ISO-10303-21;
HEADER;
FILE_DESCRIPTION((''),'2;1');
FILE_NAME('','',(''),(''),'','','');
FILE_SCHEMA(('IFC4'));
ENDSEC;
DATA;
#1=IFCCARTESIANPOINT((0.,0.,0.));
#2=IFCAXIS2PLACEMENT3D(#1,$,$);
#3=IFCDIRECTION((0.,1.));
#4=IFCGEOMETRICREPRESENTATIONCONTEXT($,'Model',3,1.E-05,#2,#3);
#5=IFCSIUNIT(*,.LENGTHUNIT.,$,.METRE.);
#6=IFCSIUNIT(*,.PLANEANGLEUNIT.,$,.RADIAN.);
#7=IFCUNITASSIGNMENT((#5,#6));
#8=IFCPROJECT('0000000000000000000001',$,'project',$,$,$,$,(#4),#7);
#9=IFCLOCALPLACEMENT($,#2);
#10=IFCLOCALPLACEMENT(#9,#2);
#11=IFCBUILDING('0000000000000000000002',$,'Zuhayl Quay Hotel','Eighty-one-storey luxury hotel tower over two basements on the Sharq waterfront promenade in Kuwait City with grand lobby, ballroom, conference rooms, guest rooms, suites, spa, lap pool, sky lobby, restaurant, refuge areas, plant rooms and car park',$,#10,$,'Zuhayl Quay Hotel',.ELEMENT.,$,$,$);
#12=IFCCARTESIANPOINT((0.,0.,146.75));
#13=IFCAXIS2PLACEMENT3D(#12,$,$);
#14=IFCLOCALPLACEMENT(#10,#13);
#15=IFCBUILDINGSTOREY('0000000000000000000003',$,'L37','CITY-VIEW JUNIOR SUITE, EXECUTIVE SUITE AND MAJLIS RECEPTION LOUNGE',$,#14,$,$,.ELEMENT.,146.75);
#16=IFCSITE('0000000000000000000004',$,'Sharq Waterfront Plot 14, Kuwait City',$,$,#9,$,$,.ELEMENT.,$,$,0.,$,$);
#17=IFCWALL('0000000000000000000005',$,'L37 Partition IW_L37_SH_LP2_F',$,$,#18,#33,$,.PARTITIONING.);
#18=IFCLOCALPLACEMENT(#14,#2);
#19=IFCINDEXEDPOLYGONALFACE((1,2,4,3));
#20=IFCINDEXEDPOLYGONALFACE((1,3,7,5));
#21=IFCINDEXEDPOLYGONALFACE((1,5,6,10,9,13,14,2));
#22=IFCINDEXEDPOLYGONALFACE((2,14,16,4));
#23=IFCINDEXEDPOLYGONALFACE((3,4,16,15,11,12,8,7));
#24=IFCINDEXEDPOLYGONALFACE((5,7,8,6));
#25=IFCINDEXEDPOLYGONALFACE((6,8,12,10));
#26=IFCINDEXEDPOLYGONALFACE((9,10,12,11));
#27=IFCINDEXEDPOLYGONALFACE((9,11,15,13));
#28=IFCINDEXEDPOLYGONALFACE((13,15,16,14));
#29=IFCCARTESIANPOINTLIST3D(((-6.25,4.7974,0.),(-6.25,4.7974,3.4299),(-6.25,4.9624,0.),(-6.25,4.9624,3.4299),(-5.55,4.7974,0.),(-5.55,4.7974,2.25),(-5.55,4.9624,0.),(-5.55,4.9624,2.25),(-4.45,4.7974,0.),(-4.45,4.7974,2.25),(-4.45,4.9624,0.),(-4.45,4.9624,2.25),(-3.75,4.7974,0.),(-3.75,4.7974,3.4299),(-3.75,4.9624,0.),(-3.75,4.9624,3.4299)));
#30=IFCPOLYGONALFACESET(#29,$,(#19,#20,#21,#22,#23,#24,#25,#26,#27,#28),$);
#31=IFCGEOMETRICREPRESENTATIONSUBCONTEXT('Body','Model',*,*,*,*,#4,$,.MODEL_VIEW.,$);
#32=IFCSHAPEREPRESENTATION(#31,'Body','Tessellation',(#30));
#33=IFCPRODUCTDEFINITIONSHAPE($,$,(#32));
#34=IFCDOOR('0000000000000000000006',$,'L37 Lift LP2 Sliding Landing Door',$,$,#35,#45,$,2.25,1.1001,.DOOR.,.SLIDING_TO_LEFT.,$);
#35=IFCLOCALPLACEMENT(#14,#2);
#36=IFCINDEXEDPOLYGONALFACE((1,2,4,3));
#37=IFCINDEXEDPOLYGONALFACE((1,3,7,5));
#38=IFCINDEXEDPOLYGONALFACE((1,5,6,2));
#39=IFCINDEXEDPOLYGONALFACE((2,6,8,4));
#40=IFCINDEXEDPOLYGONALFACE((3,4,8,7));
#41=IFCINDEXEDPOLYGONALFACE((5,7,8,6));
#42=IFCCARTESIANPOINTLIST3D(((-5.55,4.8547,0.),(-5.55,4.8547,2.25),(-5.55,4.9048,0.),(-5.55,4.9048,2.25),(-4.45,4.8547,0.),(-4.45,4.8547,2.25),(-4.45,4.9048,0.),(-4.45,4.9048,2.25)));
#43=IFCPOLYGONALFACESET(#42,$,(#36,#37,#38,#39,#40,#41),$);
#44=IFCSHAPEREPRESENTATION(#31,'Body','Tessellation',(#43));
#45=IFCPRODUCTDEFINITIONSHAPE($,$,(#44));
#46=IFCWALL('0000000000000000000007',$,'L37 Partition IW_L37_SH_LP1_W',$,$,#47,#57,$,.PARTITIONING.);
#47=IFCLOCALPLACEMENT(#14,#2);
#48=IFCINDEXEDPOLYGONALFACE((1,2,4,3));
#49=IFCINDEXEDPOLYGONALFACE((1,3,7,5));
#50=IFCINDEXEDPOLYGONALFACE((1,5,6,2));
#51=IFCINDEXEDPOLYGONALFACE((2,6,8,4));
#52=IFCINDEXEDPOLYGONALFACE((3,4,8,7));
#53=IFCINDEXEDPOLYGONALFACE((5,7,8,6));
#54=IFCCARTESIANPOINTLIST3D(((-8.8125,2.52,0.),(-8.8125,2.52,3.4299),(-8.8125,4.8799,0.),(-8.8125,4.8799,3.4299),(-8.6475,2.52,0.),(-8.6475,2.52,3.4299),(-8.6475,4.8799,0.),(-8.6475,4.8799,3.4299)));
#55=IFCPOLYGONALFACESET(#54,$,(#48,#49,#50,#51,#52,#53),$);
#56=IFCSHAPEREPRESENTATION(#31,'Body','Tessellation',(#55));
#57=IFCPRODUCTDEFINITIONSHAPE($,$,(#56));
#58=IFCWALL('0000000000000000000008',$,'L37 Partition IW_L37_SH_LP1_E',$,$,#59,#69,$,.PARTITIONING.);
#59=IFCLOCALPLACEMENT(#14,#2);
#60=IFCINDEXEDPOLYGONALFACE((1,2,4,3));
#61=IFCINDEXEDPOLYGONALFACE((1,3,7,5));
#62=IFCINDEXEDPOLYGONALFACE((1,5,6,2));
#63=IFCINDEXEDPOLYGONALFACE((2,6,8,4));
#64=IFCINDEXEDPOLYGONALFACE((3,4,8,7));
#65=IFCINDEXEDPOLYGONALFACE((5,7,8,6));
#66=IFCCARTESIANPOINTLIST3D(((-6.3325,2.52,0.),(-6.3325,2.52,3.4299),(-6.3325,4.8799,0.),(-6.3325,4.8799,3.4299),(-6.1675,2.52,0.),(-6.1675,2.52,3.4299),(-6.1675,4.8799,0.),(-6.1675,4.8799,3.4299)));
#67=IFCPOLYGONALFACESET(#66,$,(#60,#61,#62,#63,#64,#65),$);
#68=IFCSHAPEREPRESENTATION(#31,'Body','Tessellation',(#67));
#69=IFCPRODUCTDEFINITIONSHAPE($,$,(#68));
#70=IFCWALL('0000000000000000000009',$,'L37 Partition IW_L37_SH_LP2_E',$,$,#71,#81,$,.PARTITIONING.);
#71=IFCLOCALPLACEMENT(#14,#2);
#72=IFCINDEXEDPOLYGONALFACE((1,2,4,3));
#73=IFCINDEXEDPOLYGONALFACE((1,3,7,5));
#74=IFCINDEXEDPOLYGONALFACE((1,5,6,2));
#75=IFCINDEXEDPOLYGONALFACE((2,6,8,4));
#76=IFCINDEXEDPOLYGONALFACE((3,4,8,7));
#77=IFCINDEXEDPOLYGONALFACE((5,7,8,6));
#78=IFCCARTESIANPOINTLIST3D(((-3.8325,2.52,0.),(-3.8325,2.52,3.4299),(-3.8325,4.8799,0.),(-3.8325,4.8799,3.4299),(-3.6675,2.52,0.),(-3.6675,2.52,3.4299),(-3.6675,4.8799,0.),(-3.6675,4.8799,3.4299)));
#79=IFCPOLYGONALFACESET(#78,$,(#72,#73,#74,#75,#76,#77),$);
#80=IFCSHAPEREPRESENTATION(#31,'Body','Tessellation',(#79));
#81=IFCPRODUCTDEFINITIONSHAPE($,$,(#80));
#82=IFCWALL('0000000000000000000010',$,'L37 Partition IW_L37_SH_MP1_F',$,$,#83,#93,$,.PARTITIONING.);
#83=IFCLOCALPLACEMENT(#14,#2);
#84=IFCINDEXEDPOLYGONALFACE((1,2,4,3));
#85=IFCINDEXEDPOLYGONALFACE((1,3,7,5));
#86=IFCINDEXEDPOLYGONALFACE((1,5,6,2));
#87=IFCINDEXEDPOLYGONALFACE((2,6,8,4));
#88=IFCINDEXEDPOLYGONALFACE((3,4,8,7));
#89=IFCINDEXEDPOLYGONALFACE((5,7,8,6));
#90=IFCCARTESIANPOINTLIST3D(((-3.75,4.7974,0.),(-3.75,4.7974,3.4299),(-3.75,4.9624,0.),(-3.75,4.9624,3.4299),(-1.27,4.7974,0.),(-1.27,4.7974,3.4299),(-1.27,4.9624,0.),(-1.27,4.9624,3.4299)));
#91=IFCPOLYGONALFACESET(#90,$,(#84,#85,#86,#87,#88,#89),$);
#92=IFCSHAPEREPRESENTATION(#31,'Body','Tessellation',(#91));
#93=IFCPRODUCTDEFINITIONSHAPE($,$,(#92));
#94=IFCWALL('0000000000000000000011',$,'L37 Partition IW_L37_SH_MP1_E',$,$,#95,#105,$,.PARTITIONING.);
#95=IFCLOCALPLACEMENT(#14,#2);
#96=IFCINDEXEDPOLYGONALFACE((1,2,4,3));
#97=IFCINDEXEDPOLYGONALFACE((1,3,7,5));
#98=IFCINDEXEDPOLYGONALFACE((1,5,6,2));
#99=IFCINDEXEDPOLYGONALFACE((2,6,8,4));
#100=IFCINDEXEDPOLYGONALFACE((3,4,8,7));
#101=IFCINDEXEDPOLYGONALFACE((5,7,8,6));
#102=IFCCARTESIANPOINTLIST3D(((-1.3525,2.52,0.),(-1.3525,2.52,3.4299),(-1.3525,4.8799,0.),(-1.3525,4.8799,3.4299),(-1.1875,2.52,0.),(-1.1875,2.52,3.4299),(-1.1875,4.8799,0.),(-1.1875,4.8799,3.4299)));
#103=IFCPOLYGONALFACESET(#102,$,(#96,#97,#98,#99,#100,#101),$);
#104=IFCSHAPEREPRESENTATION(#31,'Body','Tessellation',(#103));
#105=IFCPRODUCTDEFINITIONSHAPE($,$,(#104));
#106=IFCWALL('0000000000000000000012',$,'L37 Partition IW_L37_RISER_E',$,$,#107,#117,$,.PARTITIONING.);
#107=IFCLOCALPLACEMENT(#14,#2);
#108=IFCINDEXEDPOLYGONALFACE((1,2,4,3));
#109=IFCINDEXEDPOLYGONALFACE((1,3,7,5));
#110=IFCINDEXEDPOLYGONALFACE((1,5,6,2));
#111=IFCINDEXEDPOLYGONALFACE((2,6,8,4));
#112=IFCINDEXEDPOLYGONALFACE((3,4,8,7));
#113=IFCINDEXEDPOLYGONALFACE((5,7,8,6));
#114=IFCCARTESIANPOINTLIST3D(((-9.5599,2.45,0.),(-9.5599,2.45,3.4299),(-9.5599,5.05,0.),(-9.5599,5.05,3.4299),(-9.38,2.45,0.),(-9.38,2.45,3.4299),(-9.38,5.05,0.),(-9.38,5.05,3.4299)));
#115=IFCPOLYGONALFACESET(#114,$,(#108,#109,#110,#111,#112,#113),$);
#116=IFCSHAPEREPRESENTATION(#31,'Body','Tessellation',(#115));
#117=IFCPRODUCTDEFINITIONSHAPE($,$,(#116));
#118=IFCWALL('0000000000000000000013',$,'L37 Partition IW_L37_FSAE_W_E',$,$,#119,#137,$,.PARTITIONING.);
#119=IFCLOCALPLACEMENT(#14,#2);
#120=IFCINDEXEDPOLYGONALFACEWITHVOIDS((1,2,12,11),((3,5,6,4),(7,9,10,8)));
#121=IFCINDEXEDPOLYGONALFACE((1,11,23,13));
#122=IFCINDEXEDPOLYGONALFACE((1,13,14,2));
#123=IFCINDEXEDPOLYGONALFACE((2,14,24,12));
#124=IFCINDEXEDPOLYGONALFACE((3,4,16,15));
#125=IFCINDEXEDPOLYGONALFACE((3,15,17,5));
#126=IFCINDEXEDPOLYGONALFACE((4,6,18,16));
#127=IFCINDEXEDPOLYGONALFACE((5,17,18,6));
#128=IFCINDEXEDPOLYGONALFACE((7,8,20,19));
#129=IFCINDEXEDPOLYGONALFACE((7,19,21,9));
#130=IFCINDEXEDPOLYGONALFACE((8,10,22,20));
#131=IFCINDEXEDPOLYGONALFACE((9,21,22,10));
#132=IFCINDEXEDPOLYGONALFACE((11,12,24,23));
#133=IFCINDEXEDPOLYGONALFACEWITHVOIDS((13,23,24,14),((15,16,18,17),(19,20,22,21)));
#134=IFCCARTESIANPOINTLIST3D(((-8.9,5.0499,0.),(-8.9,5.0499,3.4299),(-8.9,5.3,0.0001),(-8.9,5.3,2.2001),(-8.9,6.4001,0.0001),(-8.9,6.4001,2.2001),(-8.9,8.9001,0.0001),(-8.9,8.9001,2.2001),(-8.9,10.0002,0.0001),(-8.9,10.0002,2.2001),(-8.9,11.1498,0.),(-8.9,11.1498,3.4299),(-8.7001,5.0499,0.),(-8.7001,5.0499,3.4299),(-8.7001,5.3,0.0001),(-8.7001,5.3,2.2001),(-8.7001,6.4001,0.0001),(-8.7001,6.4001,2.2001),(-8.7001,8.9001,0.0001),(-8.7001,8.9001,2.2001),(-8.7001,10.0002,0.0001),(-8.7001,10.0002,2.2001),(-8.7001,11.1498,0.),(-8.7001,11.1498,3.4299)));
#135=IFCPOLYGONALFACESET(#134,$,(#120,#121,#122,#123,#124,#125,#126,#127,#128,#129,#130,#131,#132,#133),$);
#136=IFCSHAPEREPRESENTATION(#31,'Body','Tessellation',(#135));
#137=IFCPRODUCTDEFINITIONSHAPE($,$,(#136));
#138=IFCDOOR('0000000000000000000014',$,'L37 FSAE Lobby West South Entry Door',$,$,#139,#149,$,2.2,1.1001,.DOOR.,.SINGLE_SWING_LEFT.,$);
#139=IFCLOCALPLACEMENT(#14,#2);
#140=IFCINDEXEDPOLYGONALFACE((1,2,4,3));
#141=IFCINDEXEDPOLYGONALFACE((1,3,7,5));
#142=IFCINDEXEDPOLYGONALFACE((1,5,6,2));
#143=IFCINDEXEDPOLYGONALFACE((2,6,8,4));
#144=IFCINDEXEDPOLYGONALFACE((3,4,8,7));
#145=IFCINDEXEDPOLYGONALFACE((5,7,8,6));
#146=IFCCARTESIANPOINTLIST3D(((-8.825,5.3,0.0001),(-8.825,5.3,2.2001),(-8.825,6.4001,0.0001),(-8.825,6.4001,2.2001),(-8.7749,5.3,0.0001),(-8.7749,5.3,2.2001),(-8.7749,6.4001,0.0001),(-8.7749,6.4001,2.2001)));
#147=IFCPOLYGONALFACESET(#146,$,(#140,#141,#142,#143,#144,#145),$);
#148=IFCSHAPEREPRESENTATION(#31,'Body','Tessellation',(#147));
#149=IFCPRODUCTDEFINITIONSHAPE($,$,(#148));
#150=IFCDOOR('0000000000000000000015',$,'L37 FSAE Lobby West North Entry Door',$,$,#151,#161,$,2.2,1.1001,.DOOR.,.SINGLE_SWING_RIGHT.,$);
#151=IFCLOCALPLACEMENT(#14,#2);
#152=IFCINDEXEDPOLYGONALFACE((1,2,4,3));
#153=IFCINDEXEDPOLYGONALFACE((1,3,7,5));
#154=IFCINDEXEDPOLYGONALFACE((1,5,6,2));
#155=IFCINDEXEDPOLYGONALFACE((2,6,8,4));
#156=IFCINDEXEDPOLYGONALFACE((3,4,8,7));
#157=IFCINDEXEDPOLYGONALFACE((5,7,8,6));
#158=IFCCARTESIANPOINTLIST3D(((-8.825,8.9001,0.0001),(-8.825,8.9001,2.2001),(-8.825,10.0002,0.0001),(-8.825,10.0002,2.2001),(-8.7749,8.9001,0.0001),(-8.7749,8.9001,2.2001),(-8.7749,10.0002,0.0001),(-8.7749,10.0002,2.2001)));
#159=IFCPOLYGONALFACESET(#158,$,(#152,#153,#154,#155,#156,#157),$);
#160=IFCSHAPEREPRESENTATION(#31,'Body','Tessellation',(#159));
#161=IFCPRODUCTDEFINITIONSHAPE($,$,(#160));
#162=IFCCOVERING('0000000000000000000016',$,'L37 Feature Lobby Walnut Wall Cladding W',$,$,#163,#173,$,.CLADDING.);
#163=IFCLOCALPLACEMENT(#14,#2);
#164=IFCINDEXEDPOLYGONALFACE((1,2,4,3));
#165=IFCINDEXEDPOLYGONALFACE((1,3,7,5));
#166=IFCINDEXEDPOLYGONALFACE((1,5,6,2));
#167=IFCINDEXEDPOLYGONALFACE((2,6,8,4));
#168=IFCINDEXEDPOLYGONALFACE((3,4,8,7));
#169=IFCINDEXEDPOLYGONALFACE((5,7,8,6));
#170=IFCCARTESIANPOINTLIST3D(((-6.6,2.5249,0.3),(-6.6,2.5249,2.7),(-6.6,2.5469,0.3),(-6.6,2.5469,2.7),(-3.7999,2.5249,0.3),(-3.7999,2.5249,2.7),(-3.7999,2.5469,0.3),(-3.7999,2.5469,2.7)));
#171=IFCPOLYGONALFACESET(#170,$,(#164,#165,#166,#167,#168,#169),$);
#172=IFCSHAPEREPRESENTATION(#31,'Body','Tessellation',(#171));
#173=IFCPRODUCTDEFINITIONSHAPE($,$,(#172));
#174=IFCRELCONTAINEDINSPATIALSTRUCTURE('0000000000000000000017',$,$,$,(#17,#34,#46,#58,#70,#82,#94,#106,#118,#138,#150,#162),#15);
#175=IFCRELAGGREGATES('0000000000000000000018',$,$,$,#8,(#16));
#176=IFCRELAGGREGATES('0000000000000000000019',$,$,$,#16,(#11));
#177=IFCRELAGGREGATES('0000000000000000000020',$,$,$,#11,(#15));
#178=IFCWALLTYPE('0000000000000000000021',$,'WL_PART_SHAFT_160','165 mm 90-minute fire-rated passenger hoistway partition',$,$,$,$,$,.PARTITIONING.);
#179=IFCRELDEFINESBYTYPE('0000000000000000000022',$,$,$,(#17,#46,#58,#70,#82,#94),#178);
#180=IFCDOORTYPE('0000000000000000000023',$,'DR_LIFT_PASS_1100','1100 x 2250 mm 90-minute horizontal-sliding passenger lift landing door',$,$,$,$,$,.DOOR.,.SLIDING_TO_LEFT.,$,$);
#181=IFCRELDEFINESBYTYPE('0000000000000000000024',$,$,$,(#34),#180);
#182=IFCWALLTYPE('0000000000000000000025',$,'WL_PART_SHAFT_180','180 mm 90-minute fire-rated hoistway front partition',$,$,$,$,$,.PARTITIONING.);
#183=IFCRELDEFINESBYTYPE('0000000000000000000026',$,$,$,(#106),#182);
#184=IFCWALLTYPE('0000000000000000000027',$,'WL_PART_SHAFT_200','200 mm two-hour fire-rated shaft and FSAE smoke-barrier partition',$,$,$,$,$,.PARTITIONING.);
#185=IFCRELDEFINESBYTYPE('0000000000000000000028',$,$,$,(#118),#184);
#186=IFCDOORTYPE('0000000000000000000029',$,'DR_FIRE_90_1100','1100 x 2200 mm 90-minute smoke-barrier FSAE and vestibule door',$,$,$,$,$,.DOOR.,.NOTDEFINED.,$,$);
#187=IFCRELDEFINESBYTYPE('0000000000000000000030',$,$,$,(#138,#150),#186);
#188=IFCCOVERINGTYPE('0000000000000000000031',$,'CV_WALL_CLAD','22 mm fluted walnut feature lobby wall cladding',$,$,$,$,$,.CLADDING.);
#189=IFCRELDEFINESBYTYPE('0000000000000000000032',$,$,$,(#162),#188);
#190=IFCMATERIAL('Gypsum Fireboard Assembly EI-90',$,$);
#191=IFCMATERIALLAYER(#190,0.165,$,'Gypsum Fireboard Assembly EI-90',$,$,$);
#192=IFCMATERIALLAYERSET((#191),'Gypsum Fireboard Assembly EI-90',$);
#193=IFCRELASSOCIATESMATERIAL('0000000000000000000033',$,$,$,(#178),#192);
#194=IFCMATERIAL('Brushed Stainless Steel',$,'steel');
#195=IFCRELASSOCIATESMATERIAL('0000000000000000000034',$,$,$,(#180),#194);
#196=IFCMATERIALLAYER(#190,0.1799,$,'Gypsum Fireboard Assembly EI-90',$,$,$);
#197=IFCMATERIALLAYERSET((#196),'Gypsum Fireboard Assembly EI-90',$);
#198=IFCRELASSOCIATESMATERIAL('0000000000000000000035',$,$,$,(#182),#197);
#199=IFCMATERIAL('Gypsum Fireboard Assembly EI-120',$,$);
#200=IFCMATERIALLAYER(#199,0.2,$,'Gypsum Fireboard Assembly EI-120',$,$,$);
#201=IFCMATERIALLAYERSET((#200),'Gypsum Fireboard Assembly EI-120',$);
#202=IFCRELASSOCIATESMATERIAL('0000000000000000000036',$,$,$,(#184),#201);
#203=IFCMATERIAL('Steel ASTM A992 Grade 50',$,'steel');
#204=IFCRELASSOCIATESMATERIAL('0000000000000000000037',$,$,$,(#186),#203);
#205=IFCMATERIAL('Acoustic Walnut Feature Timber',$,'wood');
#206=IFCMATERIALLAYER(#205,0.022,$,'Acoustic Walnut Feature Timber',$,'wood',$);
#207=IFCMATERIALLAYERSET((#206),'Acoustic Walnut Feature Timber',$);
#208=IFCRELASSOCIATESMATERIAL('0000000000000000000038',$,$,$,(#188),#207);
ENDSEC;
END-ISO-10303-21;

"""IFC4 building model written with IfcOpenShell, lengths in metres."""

from ifc_helpers import new_model, si_unit, direction, frame, frame_2d, origin, origin_2d, place, context, subcontext, project, spatial, rectangle, extrude, material, layer, layer_set, type_object, element, fill, save


model = new_model("IFC4")

# Units and contexts
model_context = context("Model", 3, precision=1e-05, world=origin(), true_north=direction((0.0, 1.0)))
body_context = subcontext(model_context, "Body", "Model", "MODEL_VIEW")
ifc_project = project(units=[si_unit("LENGTHUNIT", "METRE"), si_unit("PLANEANGLEUNIT", "RADIAN")], contexts=[model_context])

# Site, building, storey
site_placement = place(None, origin())
site = spatial("IfcSite", under=ifc_project, at=site_placement, Name="Sharq Waterfront Plot 14, Kuwait City", CompositionType="ELEMENT", RefElevation=0.0)
building_placement = place(site_placement, origin())
building = spatial("IfcBuilding", under=site, at=building_placement, Name="Zuhayl Quay Hotel", Description="Eighty-one-storey luxury hotel tower over two basements on the Sharq waterfront promenade in Kuwait City with grand lobby, ballroom, conference rooms, guest rooms, suites, spa, lap pool, sky lobby, restaurant, refuge areas, plant rooms and car park", LongName="Zuhayl Quay Hotel", CompositionType="ELEMENT")
storey_placement = place(building_placement, frame((0.0, 0.0, 146.75)))
storey = spatial("IfcBuildingStorey", under=building, at=storey_placement, Name="L37", Description="CITY-VIEW JUNIOR SUITE, EXECUTIVE SUITE AND MAJLIS RECEPTION LOUNGE", CompositionType="ELEMENT", Elevation=146.75)

# Shared definitions
ifc_material_1 = material(Name="Steel ASTM A992 Grade 50", Category="steel")

# Wall, opening, door
ifc_material_2 = material(Name="Gypsum Fireboard Assembly EI-90")
ifc_layer_1 = layer(ifc_material_2, 0.165, Name="Gypsum Fireboard Assembly EI-90")
ifc_layer_set_1 = layer_set([ifc_layer_1], Name="Gypsum Fireboard Assembly EI-90")
wall_type_1 = type_object("IfcWallType", Name="WL_PART_SHAFT_160", Description="165 mm 90-minute fire-rated passenger hoistway partition", PredefinedType="PARTITIONING", material=ifc_layer_set_1)
ifc_material_3 = material(Name="Brushed Stainless Steel", Category="steel")
door_type_1 = type_object("IfcDoorType", Name="DR_LIFT_PASS_1100", Description="1100 x 2250 mm 90-minute horizontal-sliding passenger lift landing door", OperationType="SLIDING_TO_LEFT", PredefinedType="DOOR", material=ifc_material_3)
wall_1_placement = place(storey_placement, frame((-6.25, 4.8799, 0.0), z_axis=(0.0, 0.0, 1.0), x_axis=(1.0, 0.0, 0.0)))
wall_1 = element("IfcWall", 1, at=wall_1_placement, inside=storey, type_object=wall_type_1, Name="L37 Partition IW_L37_SH_LP2_F", PredefinedType="PARTITIONING", context=body_context, shape_type="SweptSolid", body=[
    extrude(rectangle(XDim=2.5, YDim=0.165, at=frame_2d((1.25, 0.0))), origin(), (0.0, 0.0, 1.0), 3.4299),
])
opening_1_placement = place(wall_1_placement, frame((0.7, 0.0, 0.0)))
opening_1 = element("IfcOpeningElement", 2, at=opening_1_placement, cuts=wall_1, PredefinedType="OPENING", context=body_context, shape_type="SweptSolid", body=[
    extrude(rectangle(XDim=1.1001, YDim=2.25, at=frame_2d((0.55, 1.125))), frame((0.0, 0.0925, 0.0), z_axis=(0.0, -1.0, 0.0), x_axis=(1.0, 0.0, 0.0)), (0.0, 0.0, 1.0), 0.1851),
])
door_1_placement = place(opening_1_placement, origin())
door_1 = element("IfcDoor", 3, at=door_1_placement, inside=storey, type_object=door_type_1, Name="L37 Lift LP2 Sliding Landing Door", OperationType="SLIDING_TO_LEFT", OverallHeight=2.25, OverallWidth=1.1001, PredefinedType="DOOR", context=body_context, shape_type="SweptSolid", body=[
    extrude(rectangle(XDim=1.1001, YDim=2.25, at=frame_2d((0.55, 1.125))), frame((0.0, 0.0249, 0.0), z_axis=(0.0, -1.0, 0.0), x_axis=(1.0, 0.0, 0.0)), (0.0, 0.0, 1.0), 0.05),
])
fill(opening_1, door_1)

# Walls
for number, where, z_axis, x_axis, name in (
    (4, (-8.73, 2.52, 0.0), (0.0, 0.0, 1.0), (0.0, 1.0, 0.0), "L37 Partition IW_L37_SH_LP1_W"),
    (5, (-6.25, 2.52, 0.0), (0.0, 0.0, 1.0), (0.0, 1.0, 0.0), "L37 Partition IW_L37_SH_LP1_E"),
    (6, (-3.75, 2.52, 0.0), (0.0, 0.0, 1.0), (0.0, 1.0, 0.0), "L37 Partition IW_L37_SH_LP2_E"),
):
    element("IfcWall", number, at=place(storey_placement, frame(where, z_axis=z_axis, x_axis=x_axis)), inside=storey, type_object=wall_type_1, Name=name, PredefinedType="PARTITIONING", context=body_context, shape_type="SweptSolid", body=[
        extrude(rectangle(XDim=2.3599, YDim=0.165, at=frame_2d((1.1799, 0.0))), origin(), (0.0, 0.0, 1.0), 3.4299),
    ])
wall_2_placement = place(storey_placement, frame((-3.75, 4.8799, 0.0), z_axis=(0.0, 0.0, 1.0), x_axis=(1.0, 0.0, 0.0)))
element("IfcWall", 7, at=wall_2_placement, inside=storey, type_object=wall_type_1, Name="L37 Partition IW_L37_SH_MP1_F", PredefinedType="PARTITIONING", context=body_context, shape_type="SweptSolid", body=[
    extrude(rectangle(XDim=2.48, YDim=0.165, at=frame_2d((1.24, 0.0))), origin(), (0.0, 0.0, 1.0), 3.4299),
])
wall_3_placement = place(storey_placement, frame((-1.27, 2.52, 0.0), z_axis=(0.0, 0.0, 1.0), x_axis=(0.0, 1.0, 0.0)))
element("IfcWall", 8, at=wall_3_placement, inside=storey, type_object=wall_type_1, Name="L37 Partition IW_L37_SH_MP1_E", PredefinedType="PARTITIONING", context=body_context, shape_type="SweptSolid", body=[
    extrude(rectangle(XDim=2.3599, YDim=0.165, at=frame_2d((1.1799, 0.0))), origin(), (0.0, 0.0, 1.0), 3.4299),
])
ifc_layer_2 = layer(ifc_material_2, 0.1799, Name="Gypsum Fireboard Assembly EI-90")
ifc_layer_set_2 = layer_set([ifc_layer_2], Name="Gypsum Fireboard Assembly EI-90")
wall_type_2 = type_object("IfcWallType", Name="WL_PART_SHAFT_180", Description="180 mm 90-minute fire-rated hoistway front partition", PredefinedType="PARTITIONING", material=ifc_layer_set_2)
wall_4_placement = place(storey_placement, frame((-9.47, 2.45, 0.0), z_axis=(0.0, 0.0, 1.0), x_axis=(0.0, 1.0, 0.0)))
element("IfcWall", 9, at=wall_4_placement, inside=storey, type_object=wall_type_2, Name="L37 Partition IW_L37_RISER_E", PredefinedType="PARTITIONING", context=body_context, shape_type="SweptSolid", body=[
    extrude(rectangle(XDim=2.6001, YDim=0.1799, at=frame_2d((1.3, 0.0))), origin(), (0.0, 0.0, 1.0), 3.4299),
])

# Wall, openings, doors
ifc_material_4 = material(Name="Gypsum Fireboard Assembly EI-120")
ifc_layer_3 = layer(ifc_material_4, 0.2, Name="Gypsum Fireboard Assembly EI-120")
ifc_layer_set_3 = layer_set([ifc_layer_3], Name="Gypsum Fireboard Assembly EI-120")
wall_type_3 = type_object("IfcWallType", Name="WL_PART_SHAFT_200", Description="200 mm two-hour fire-rated shaft and FSAE smoke-barrier partition", PredefinedType="PARTITIONING", material=ifc_layer_set_3)
wall_5_placement = place(storey_placement, frame((-8.8, 5.05, 0.0), z_axis=(0.0, 0.0, 1.0), x_axis=(0.0, 1.0, 0.0)))
wall_5 = element("IfcWall", 10, at=wall_5_placement, inside=storey, type_object=wall_type_3, Name="L37 Partition IW_L37_FSAE_W_E", PredefinedType="PARTITIONING", context=body_context, shape_type="SweptSolid", body=[
    extrude(rectangle(XDim=6.0999, YDim=0.2, at=frame_2d((3.0498, 0.0))), origin(), (0.0, 0.0, 1.0), 3.4299),
])
opening_2_placement = place(wall_5_placement, frame((0.25, 0.0, 0.0)))
opening_2 = element("IfcOpeningElement", 11, at=opening_2_placement, cuts=wall_5, PredefinedType="OPENING", context=body_context, shape_type="SweptSolid", body=[
    extrude(rectangle(XDim=1.1001, YDim=2.2, at=frame_2d((0.55, 1.1001))), frame((0.0, 0.1099, 0.0), z_axis=(0.0, -1.0, 0.0), x_axis=(1.0, 0.0, 0.0)), (0.0, 0.0, 1.0), 0.22),
])
opening_3_placement = place(wall_5_placement, frame((3.8501, 0.0, 0.0)))
opening_3 = element("IfcOpeningElement", 12, at=opening_3_placement, cuts=wall_5, PredefinedType="OPENING", context=body_context, shape_type="SweptSolid", body=[
    extrude(rectangle(XDim=1.1001, YDim=2.2, at=frame_2d((0.55, 1.1001))), frame((0.0, 0.1099, 0.0), z_axis=(0.0, -1.0, 0.0), x_axis=(1.0, 0.0, 0.0)), (0.0, 0.0, 1.0), 0.22),
])
door_type_2 = type_object("IfcDoorType", Name="DR_FIRE_90_1100", Description="1100 x 2200 mm 90-minute smoke-barrier FSAE and vestibule door", OperationType="NOTDEFINED", PredefinedType="DOOR", material=ifc_material_1)
door_2_placement = place(opening_2_placement, origin())
door_2 = element("IfcDoor", 13, at=door_2_placement, inside=storey, type_object=door_type_2, Name="L37 FSAE Lobby West South Entry Door", OperationType="SINGLE_SWING_LEFT", OverallHeight=2.2, OverallWidth=1.1001, PredefinedType="DOOR", context=body_context, shape_type="SweptSolid", body=[
    extrude(rectangle(XDim=1.1001, YDim=2.2, at=frame_2d((0.55, 1.1001))), frame((0.0, 0.0249, 0.0), z_axis=(0.0, -1.0, 0.0), x_axis=(1.0, 0.0, 0.0)), (0.0, 0.0, 1.0), 0.05),
])
fill(opening_2, door_2)
door_3_placement = place(opening_3_placement, origin())
door_3 = element("IfcDoor", 14, at=door_3_placement, inside=storey, type_object=door_type_2, Name="L37 FSAE Lobby West North Entry Door", OperationType="SINGLE_SWING_RIGHT", OverallHeight=2.2, OverallWidth=1.1001, PredefinedType="DOOR", context=body_context, shape_type="SweptSolid", body=[
    extrude(rectangle(XDim=1.1001, YDim=2.2, at=frame_2d((0.55, 1.1001))), frame((0.0, 0.0249, 0.0), z_axis=(0.0, -1.0, 0.0), x_axis=(1.0, 0.0, 0.0)), (0.0, 0.0, 1.0), 0.05),
])
fill(opening_3, door_3)

# Covering
ifc_material_5 = material(Name="Acoustic Walnut Feature Timber", Category="wood")
ifc_layer_4 = layer(ifc_material_5, 0.022, Name="Acoustic Walnut Feature Timber", Category="wood")
ifc_layer_set_4 = layer_set([ifc_layer_4], Name="Acoustic Walnut Feature Timber")
covering_type = type_object("IfcCoveringType", Name="CV_WALL_CLAD", Description="22 mm fluted walnut feature lobby wall cladding", PredefinedType="CLADDING", material=ifc_layer_set_4)
covering_placement = place(storey_placement, frame((-5.2, 2.5359, 0.3), z_axis=(0.0, 0.0, 1.0), x_axis=(1.0, 0.0, 0.0)))
element("IfcCovering", 15, at=covering_placement, inside=storey, type_object=covering_type, Name="L37 Feature Lobby Walnut Wall Cladding W", PredefinedType="CLADDING", context=body_context, shape_type="SweptSolid", body=[
    extrude(rectangle(XDim=2.8, YDim=0.022, at=origin_2d()), origin(), (0.0, 0.0, 1.0), 2.3999),
])

save(model, "model.ifc")
